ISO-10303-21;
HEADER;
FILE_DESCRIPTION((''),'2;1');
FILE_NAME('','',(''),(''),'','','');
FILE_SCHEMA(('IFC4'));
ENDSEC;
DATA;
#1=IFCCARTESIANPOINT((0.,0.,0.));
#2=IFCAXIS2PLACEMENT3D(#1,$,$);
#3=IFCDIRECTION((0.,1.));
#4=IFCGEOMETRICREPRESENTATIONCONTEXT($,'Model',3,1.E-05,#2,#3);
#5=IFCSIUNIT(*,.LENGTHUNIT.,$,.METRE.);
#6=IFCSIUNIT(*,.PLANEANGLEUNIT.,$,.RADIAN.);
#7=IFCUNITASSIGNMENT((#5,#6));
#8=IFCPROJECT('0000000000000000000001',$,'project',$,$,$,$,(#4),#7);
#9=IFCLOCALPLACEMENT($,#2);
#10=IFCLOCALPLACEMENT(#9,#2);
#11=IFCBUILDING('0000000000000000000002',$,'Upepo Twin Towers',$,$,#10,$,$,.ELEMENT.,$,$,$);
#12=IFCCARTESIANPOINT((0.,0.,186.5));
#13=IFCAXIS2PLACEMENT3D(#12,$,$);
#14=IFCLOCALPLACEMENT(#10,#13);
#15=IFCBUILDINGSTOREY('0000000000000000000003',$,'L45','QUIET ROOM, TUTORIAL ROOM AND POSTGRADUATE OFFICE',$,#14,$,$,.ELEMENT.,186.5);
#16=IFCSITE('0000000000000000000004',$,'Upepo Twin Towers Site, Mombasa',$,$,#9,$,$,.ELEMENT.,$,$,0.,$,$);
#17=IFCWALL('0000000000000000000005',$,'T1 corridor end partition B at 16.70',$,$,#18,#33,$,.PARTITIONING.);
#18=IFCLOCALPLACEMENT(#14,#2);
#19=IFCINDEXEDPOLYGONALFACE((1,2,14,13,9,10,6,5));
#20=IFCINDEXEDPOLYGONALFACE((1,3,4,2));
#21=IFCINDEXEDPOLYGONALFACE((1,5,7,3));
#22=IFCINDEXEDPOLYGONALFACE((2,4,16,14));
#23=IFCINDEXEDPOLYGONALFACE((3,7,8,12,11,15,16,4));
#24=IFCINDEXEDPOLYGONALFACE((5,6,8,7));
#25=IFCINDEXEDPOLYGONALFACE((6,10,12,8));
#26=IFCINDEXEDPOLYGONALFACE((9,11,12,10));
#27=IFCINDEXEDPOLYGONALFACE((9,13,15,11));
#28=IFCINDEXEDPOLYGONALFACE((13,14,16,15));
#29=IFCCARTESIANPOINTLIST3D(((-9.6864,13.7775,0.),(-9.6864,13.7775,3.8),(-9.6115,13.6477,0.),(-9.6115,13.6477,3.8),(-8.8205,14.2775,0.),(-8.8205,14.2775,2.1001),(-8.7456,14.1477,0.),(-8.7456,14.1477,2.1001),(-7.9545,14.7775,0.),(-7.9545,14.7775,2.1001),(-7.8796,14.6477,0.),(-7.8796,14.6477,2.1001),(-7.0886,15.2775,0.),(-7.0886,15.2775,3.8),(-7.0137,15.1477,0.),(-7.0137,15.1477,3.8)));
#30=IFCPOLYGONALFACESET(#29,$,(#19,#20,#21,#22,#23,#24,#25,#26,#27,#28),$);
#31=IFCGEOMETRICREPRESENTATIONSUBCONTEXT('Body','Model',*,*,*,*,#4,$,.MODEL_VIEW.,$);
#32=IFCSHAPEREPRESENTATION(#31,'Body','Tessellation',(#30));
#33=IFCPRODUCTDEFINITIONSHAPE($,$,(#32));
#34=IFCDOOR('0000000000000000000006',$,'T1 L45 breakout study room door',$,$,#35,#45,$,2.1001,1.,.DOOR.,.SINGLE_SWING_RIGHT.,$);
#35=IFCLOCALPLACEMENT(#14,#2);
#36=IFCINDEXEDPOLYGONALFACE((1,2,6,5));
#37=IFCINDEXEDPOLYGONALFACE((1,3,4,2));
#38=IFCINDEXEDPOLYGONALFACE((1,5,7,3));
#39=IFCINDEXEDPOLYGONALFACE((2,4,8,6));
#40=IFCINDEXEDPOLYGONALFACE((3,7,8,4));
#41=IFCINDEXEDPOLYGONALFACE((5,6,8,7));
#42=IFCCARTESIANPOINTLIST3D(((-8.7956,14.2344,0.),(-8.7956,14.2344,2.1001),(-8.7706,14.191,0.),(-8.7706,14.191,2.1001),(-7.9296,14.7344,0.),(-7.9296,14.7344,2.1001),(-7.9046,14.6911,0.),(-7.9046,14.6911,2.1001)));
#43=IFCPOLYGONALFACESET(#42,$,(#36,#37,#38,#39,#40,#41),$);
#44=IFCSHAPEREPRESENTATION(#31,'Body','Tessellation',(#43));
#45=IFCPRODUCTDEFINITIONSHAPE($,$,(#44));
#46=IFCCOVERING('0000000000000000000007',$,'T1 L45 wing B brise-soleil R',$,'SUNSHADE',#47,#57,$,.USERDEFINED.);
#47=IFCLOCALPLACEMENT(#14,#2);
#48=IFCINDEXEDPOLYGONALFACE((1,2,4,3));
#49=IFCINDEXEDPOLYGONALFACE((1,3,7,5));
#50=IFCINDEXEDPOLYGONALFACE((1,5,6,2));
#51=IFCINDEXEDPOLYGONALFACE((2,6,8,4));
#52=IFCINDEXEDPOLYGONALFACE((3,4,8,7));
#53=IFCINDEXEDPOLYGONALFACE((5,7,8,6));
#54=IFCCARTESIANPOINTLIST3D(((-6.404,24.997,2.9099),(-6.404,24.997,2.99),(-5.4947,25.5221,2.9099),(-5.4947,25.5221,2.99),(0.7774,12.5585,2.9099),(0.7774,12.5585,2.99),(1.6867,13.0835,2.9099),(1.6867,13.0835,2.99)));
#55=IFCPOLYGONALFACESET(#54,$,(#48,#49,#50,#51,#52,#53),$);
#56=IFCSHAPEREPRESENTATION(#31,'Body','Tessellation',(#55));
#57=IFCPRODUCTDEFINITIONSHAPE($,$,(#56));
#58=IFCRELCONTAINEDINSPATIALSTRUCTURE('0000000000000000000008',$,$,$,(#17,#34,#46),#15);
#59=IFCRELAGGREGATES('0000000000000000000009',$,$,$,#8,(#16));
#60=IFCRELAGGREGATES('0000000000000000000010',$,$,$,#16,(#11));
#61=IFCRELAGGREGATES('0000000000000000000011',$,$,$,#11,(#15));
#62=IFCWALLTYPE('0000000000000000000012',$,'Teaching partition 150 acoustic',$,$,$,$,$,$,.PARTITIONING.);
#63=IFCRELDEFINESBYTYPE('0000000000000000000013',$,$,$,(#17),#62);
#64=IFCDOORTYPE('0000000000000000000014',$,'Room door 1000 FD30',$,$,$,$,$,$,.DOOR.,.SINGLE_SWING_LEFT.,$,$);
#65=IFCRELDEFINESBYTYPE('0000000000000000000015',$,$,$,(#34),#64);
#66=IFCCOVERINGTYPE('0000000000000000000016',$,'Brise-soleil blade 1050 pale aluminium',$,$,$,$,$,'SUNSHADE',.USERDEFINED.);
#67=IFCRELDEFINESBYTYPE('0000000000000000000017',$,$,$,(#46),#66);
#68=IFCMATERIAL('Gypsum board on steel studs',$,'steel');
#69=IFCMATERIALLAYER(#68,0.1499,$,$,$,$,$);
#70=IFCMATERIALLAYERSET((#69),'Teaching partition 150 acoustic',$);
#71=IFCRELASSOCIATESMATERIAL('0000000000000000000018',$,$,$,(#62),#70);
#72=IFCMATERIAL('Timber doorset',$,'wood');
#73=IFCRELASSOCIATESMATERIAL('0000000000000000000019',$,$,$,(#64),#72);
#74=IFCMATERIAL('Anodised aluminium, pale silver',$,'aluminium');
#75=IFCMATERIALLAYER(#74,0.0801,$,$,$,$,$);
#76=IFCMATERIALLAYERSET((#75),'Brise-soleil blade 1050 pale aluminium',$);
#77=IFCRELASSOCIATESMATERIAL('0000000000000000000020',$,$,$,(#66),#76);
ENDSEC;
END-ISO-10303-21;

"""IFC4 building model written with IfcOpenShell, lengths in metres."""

from ifc_helpers import new_model, si_unit, direction, frame, frame_2d, origin, origin_2d, place, context, subcontext, project, spatial, rectangle, extrude, material, layer, layer_set, type_object, element, fill, save


model = new_model("IFC4")

# Units and contexts
model_context = context("Model", 3, precision=1e-05, world=origin(), true_north=direction((0.0, 1.0)))
body_context = subcontext(model_context, "Body", "Model", "MODEL_VIEW")
ifc_project = project(units=[si_unit("LENGTHUNIT", "METRE"), si_unit("PLANEANGLEUNIT", "RADIAN")], contexts=[model_context])

# Site, building, storey
site_placement = place(None, origin())
site = spatial("IfcSite", under=ifc_project, at=site_placement, Name="Upepo Twin Towers Site, Mombasa", CompositionType="ELEMENT", RefElevation=0.0)
building_placement = place(site_placement, origin())
building = spatial("IfcBuilding", under=site, at=building_placement, Name="Upepo Twin Towers", CompositionType="ELEMENT")
storey_placement = place(building_placement, frame((0.0, 0.0, 186.5)))
storey = spatial("IfcBuildingStorey", under=building, at=storey_placement, Name="L45", Description="QUIET ROOM, TUTORIAL ROOM AND POSTGRADUATE OFFICE", CompositionType="ELEMENT", Elevation=186.5)

# Wall, opening, door
ifc_material_1 = material(Name="Gypsum board on steel studs", Category="steel")
ifc_layer_1 = layer(ifc_material_1, 0.1499)
ifc_layer_set_1 = layer_set([ifc_layer_1], Name="Teaching partition 150 acoustic")
wall_type_1 = type_object("IfcWallType", Name="Teaching partition 150 acoustic", PredefinedType="PARTITIONING", material=ifc_layer_set_1)
wall_1_placement = place(storey_placement, frame((-7.051, 15.2126, 0.0), z_axis=(0.0, 0.0, 1.0), x_axis=(-0.866011, -0.500025, 0.0)))
wall_1 = element("IfcWall", 1, at=wall_1_placement, inside=storey, type_object=wall_type_1, Name="T1 corridor end partition B at 16.70", PredefinedType="PARTITIONING", context=body_context, shape_type="SweptSolid", body=[
    extrude(rectangle(XDim=2.9998, YDim=0.1499, at=frame_2d((1.5, 0.0))), origin(), (0.0, 0.0, 1.0), 3.8),
])
opening_1_placement = place(wall_1_placement, frame((1.0, 0.0, 0.0)))
opening_1 = element("IfcOpeningElement", 2, at=opening_1_placement, cuts=wall_1, PredefinedType="OPENING", context=body_context, shape_type="SweptSolid", body=[
    extrude(rectangle(XDim=1.0, YDim=2.1001, at=frame_2d((0.5, 1.05))), frame((0.0, 0.085, 0.0), z_axis=(0.0, -1.0, 0.0), x_axis=(1.0, 0.0, 0.0)), (0.0, 0.0, 1.0), 0.1699),
])
ifc_material_2 = material(Name="Timber doorset", Category="wood")
door_type_1 = type_object("IfcDoorType", Name="Room door 1000 FD30", OperationType="SINGLE_SWING_LEFT", PredefinedType="DOOR", material=ifc_material_2)
door_1_placement = place(opening_1_placement, origin())
door_1 = element("IfcDoor", 3, at=door_1_placement, inside=storey, type_object=door_type_1, Name="T1 L45 breakout study room door", OperationType="SINGLE_SWING_RIGHT", OverallHeight=2.1001, OverallWidth=1.0, PredefinedType="DOOR", context=body_context, shape_type="SweptSolid", body=[
    extrude(rectangle(XDim=1.0, YDim=2.1001, at=frame_2d((0.5, 1.05))), frame((0.0, 0.0249, 0.0), z_axis=(0.0, -1.0, 0.0), x_axis=(1.0, 0.0, 0.0)), (0.0, 0.0, 1.0), 0.05),
])
fill(opening_1, door_1)

# Covering
ifc_material_3 = material(Name="Anodised aluminium, pale silver", Category="aluminium")
ifc_layer_2 = layer(ifc_material_3, 0.0801)
ifc_layer_set_2 = layer_set([ifc_layer_2], Name="Brise-soleil blade 1050 pale aluminium")
covering_type = type_object("IfcCoveringType", Name="Brise-soleil blade 1050 pale aluminium", ElementType="SUNSHADE", PredefinedType="USERDEFINED", material=ifc_layer_set_2)
covering_placement = place(storey_placement, frame((-2.3586, 19.0403, 2.9099), z_axis=(0.0, 0.0, 1.0), x_axis=(-0.5, 0.866025, 0.0)))
element("IfcCovering", 4, at=covering_placement, inside=storey, type_object=covering_type, Name="T1 L45 wing B brise-soleil R", ObjectType="SUNSHADE", PredefinedType="USERDEFINED", context=body_context, shape_type="SweptSolid", body=[
    extrude(rectangle(XDim=14.3628, YDim=1.05, at=origin_2d()), origin(), (0.0, 0.0, 1.0), 0.0801),
])

save(model, "model.ifc")
